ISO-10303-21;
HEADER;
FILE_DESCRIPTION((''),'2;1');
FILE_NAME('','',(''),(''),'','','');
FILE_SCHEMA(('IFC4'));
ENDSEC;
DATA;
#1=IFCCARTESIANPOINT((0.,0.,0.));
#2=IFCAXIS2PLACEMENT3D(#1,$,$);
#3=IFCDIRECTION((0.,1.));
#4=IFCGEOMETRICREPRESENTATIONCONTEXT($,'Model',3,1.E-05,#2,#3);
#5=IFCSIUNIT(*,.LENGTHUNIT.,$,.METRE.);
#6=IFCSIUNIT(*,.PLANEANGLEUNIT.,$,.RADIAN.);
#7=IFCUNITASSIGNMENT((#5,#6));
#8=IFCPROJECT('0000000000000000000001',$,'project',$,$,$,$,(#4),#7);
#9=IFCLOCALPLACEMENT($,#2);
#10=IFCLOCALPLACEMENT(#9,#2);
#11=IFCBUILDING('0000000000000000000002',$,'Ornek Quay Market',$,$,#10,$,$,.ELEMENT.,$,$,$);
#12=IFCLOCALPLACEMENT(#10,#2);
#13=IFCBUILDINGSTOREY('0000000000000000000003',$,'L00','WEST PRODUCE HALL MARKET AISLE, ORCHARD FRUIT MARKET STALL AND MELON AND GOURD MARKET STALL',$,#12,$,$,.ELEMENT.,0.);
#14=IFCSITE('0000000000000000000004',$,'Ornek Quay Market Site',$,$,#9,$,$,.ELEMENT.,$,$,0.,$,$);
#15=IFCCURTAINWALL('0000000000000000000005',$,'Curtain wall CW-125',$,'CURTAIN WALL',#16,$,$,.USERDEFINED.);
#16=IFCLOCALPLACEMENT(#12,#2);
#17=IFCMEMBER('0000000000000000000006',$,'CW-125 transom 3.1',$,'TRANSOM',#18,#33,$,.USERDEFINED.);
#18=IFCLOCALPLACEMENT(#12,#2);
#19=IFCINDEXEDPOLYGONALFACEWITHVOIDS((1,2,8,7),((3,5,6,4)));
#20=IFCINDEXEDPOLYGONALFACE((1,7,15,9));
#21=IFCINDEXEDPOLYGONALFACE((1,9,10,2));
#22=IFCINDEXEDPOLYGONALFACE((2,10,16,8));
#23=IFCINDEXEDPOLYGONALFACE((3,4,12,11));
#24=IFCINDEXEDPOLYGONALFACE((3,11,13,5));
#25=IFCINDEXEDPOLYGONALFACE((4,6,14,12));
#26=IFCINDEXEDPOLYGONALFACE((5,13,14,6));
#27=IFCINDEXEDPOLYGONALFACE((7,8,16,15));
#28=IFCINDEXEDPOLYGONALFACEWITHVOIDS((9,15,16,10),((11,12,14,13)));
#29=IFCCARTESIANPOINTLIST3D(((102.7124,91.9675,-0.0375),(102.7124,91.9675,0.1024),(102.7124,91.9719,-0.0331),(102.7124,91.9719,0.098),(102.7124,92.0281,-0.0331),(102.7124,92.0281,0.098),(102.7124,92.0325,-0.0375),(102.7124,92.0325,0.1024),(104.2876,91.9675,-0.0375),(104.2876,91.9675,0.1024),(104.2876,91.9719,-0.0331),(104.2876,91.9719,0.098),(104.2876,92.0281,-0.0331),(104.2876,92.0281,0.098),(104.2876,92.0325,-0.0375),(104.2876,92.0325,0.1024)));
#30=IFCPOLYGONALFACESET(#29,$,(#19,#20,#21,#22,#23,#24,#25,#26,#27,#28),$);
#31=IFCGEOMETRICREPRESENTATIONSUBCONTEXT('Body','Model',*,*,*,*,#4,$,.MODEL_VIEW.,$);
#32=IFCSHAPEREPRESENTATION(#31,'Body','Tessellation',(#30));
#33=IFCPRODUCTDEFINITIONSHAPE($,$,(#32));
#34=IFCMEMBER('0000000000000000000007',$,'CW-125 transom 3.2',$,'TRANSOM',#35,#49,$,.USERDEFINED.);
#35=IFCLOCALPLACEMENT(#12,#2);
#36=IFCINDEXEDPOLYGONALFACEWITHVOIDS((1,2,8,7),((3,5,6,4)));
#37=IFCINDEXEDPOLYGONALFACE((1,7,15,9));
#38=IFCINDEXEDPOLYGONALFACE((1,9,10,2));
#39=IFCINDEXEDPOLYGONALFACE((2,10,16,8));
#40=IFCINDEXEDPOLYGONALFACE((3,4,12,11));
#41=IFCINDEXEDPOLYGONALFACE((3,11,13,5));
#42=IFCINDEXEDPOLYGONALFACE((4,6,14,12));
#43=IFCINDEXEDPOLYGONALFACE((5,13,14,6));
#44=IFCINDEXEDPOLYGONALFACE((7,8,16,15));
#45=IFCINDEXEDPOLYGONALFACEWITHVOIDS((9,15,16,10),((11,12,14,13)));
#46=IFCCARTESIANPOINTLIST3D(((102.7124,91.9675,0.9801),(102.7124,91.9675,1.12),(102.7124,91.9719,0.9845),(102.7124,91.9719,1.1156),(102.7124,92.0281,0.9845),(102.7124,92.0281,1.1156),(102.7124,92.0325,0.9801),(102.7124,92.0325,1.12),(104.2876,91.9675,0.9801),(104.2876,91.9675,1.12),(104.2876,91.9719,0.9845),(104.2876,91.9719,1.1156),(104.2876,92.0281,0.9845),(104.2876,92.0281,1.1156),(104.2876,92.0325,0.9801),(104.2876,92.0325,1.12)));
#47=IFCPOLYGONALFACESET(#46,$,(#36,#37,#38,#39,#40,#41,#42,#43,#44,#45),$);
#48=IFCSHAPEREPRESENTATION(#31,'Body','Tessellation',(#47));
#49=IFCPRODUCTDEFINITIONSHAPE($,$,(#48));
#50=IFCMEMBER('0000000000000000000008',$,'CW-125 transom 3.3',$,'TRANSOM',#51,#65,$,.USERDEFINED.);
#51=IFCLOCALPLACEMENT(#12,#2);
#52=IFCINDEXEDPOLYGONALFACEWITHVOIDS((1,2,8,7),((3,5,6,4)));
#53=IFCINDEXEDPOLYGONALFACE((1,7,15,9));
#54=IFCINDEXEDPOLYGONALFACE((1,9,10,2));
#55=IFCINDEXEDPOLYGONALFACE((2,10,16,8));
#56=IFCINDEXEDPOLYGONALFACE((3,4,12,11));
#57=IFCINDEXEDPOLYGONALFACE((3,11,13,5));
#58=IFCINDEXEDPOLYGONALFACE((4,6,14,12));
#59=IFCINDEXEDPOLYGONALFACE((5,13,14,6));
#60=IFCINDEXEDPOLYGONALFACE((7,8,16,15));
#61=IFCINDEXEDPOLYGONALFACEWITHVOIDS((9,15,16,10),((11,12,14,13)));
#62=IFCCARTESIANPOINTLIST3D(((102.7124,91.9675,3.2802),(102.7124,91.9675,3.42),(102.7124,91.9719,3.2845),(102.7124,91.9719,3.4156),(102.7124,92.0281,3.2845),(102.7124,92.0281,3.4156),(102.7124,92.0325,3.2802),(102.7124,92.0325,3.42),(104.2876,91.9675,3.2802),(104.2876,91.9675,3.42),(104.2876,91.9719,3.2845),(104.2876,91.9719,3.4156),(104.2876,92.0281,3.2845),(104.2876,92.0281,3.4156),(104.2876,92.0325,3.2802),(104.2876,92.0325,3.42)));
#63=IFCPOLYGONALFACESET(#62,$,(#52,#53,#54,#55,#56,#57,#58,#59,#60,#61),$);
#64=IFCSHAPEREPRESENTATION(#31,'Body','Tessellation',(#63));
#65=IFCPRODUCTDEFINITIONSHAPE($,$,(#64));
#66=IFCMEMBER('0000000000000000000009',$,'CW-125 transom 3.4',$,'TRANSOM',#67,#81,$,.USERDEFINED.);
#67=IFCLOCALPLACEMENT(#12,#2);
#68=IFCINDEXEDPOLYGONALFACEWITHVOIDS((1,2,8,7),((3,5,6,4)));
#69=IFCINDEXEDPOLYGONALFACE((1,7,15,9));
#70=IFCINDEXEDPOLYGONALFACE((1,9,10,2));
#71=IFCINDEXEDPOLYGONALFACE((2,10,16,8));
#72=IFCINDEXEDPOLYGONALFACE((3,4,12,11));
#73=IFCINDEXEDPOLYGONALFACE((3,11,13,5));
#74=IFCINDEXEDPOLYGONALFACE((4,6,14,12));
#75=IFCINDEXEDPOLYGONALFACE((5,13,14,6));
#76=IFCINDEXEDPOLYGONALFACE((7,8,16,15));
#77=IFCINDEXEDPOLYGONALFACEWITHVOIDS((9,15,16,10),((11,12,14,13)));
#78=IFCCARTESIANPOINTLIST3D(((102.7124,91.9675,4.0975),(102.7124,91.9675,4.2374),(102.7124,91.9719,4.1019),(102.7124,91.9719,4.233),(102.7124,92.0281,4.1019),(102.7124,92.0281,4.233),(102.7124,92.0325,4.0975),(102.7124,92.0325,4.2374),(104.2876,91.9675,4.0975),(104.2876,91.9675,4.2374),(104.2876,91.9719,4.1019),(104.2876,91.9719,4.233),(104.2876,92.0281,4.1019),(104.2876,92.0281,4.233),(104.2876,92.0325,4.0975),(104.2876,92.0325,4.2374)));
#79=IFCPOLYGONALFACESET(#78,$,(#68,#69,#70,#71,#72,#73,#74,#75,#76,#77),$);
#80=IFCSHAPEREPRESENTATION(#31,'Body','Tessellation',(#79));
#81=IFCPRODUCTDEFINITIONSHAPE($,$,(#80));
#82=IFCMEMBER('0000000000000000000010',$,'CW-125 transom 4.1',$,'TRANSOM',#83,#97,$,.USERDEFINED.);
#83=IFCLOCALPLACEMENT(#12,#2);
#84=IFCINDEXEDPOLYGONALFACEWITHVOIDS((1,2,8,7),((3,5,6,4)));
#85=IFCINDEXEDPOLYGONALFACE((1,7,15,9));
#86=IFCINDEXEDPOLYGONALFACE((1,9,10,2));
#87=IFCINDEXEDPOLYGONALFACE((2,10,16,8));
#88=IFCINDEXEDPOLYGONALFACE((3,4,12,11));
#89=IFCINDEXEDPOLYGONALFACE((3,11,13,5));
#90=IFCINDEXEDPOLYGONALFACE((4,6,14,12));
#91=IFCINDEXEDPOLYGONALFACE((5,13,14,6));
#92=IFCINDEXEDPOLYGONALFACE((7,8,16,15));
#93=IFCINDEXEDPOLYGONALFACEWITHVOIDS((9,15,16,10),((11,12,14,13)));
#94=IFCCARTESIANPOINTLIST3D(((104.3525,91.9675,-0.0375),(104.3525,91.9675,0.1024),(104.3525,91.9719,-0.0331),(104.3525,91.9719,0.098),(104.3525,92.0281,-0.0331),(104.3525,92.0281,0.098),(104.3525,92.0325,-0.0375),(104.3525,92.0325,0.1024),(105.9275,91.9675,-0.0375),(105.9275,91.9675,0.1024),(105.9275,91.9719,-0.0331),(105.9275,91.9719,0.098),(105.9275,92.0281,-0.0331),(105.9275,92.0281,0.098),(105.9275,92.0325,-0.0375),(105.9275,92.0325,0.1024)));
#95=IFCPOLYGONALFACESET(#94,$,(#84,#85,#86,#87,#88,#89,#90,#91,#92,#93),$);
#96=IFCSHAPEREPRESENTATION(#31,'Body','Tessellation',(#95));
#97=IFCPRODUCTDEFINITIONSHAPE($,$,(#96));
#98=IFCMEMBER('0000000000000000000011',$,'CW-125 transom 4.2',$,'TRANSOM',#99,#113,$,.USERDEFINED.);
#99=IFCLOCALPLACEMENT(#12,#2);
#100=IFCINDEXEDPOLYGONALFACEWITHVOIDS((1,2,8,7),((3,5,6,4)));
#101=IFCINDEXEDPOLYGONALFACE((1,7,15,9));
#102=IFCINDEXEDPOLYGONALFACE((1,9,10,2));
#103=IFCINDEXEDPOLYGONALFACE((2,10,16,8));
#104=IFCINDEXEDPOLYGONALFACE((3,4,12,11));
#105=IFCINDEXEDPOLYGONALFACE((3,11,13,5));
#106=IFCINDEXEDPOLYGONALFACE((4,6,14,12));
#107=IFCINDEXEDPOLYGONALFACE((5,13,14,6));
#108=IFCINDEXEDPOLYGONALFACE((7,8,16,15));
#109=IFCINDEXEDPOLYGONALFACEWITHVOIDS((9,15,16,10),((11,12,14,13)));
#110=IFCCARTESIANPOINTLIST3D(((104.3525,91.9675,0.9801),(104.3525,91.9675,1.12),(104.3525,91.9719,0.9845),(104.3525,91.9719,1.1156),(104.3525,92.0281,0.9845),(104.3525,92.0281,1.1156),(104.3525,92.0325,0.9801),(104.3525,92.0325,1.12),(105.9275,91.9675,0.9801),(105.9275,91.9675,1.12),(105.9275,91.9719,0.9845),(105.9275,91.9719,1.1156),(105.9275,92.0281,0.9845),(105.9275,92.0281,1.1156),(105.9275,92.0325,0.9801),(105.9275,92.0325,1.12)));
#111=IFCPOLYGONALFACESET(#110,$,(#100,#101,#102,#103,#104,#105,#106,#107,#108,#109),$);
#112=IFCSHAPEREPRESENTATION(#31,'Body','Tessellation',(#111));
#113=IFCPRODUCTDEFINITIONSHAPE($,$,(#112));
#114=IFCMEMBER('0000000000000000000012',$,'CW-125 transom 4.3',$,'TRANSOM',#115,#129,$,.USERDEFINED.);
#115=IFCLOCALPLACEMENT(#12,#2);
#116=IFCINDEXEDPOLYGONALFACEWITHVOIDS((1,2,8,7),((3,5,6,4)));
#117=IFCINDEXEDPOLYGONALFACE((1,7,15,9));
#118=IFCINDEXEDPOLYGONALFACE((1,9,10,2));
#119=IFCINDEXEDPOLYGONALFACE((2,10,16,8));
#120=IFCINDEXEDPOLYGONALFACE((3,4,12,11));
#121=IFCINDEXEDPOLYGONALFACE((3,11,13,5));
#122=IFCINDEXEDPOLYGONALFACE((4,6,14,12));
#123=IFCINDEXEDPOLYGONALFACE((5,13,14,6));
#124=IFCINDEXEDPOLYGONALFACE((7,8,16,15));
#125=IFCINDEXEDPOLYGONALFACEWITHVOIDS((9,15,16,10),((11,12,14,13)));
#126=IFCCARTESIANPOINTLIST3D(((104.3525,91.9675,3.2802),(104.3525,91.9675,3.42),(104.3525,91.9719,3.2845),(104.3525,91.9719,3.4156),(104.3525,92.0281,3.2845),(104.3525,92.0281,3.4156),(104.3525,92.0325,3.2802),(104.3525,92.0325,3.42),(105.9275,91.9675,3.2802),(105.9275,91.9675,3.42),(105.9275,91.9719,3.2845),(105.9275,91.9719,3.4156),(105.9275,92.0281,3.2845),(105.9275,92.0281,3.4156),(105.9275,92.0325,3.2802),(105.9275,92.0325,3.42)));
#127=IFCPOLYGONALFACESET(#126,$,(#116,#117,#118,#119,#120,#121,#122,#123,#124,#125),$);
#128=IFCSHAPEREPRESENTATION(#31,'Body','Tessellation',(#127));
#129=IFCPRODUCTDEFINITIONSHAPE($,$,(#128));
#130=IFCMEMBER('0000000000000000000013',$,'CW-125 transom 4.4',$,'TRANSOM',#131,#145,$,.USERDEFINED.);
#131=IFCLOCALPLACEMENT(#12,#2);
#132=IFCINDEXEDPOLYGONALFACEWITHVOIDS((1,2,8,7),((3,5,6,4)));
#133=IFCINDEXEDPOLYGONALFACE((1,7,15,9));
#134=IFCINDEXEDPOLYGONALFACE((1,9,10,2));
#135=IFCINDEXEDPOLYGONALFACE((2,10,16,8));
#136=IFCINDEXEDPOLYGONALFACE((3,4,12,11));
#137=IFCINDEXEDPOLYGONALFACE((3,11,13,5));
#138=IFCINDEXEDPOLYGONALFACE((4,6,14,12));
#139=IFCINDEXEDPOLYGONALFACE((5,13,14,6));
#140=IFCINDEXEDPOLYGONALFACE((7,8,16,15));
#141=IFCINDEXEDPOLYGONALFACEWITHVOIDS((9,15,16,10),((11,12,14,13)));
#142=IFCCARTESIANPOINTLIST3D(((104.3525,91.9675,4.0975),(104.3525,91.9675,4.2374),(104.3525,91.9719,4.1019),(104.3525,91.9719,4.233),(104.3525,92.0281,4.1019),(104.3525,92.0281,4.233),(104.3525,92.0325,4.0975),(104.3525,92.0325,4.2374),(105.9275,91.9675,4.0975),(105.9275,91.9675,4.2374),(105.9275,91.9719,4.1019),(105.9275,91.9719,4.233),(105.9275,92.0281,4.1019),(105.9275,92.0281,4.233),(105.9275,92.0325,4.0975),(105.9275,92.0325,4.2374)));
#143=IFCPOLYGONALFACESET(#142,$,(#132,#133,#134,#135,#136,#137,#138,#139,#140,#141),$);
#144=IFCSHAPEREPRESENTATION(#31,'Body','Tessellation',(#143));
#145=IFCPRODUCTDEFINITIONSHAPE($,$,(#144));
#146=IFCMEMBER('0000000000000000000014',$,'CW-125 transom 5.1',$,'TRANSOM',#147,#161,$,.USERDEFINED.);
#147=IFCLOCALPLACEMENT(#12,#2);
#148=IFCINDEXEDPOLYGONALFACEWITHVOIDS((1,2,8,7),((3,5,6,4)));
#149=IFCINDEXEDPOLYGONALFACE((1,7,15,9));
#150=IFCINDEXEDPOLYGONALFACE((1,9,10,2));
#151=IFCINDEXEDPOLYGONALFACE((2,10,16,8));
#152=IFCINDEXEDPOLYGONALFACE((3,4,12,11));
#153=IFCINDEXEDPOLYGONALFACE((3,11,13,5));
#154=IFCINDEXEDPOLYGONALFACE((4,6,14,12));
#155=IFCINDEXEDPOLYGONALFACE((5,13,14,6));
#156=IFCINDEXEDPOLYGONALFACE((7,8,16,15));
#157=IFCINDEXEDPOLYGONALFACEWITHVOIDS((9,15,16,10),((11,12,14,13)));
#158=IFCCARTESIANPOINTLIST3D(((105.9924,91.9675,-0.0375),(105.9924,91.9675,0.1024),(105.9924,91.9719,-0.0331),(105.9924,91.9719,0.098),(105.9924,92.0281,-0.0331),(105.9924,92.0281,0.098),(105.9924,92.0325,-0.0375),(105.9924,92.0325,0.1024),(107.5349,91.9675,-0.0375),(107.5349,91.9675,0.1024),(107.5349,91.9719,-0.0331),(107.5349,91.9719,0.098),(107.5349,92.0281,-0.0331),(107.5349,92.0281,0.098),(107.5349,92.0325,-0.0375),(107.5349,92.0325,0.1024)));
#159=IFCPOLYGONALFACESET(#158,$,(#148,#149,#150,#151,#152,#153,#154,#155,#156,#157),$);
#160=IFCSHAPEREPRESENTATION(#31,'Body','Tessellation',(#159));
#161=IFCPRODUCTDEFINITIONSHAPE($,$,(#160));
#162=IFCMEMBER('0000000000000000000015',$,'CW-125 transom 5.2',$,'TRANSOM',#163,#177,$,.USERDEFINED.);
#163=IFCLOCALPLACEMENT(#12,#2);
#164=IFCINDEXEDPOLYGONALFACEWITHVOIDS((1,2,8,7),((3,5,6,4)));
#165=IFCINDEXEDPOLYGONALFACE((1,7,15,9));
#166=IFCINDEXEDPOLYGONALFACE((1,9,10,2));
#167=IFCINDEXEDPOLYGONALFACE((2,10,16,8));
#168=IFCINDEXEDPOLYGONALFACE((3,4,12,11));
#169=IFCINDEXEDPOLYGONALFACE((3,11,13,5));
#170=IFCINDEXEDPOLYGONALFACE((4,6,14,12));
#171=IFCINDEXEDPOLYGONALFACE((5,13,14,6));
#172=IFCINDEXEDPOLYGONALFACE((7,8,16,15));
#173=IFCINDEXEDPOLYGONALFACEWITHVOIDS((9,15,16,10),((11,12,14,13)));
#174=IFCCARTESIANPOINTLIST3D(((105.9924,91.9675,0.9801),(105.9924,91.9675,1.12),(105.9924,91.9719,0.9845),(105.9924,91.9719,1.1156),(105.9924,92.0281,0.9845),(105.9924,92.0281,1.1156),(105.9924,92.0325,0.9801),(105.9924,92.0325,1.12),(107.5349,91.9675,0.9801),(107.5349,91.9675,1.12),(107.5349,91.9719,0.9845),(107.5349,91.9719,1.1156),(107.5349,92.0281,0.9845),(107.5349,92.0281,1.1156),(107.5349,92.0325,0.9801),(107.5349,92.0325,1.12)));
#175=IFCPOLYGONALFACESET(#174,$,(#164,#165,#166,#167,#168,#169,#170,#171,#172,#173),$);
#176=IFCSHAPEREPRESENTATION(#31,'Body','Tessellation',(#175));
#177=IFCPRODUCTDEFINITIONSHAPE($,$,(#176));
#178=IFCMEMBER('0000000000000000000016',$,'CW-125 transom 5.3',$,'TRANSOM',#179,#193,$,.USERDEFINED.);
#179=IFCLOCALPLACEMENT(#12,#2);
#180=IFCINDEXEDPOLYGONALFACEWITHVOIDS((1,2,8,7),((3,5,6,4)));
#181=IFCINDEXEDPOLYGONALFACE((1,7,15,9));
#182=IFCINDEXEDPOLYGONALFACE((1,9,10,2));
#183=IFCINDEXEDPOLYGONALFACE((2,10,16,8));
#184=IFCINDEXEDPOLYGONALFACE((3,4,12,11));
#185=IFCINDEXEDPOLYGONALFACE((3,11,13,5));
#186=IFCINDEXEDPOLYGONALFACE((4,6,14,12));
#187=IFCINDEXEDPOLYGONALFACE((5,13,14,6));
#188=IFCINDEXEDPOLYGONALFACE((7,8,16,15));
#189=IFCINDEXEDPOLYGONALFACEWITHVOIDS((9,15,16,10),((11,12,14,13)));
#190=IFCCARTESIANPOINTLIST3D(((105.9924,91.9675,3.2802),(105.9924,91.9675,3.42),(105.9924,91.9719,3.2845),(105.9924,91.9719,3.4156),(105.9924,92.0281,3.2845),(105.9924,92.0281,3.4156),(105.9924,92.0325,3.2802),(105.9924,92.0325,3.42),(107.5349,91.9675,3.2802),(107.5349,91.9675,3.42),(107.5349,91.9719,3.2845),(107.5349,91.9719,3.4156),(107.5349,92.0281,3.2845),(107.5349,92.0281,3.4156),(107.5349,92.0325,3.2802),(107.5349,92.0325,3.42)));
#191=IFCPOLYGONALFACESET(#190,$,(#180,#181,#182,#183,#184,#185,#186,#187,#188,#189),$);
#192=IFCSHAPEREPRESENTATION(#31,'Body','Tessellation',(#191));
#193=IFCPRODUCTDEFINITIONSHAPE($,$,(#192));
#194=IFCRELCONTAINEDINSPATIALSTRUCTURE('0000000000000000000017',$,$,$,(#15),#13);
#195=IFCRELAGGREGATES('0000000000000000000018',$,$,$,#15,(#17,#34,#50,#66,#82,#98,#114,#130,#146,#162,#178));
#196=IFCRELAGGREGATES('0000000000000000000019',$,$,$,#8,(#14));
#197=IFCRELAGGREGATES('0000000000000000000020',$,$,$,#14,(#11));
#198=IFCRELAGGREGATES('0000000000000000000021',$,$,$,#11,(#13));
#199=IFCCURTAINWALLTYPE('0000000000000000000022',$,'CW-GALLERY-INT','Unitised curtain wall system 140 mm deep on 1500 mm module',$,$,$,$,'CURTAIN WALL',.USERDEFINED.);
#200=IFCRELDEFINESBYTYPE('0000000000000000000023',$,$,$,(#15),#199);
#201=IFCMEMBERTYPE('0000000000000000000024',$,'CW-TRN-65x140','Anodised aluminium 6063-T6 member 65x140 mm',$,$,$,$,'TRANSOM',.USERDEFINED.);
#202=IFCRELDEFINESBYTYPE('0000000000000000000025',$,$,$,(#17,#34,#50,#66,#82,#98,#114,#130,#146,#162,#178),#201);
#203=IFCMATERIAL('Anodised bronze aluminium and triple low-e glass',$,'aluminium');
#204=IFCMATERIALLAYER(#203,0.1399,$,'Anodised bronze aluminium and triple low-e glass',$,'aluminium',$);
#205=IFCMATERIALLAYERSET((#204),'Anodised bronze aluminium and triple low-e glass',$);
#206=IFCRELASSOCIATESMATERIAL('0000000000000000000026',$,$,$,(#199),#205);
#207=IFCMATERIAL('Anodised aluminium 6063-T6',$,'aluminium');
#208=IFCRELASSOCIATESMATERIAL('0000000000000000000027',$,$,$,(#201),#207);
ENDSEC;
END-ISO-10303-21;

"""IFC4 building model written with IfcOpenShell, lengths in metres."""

from ifc_helpers import new_model, si_unit, direction, frame, origin, origin_2d, place, context, subcontext, project, spatial, hollow_rectangle, extrude, material, layer, layer_set, material_profile, profile_set, type_object, element, aggregate, save


model = new_model("IFC4")

# Units and contexts
model_context = context("Model", 3, precision=1e-05, world=origin(), true_north=direction((0.0, 1.0)))
body_context = subcontext(model_context, "Body", "Model", "MODEL_VIEW")
ifc_project = project(units=[si_unit("LENGTHUNIT", "METRE"), si_unit("PLANEANGLEUNIT", "RADIAN")], contexts=[model_context])

# Site, building, storey
site_placement = place(None, origin())
site = spatial("IfcSite", under=ifc_project, at=site_placement, Name="Ornek Quay Market Site", CompositionType="ELEMENT", RefElevation=0.0)
building_placement = place(site_placement, origin())
building = spatial("IfcBuilding", under=site, at=building_placement, Name="Ornek Quay Market", CompositionType="ELEMENT")
storey_placement = place(building_placement, origin())
storey = spatial("IfcBuildingStorey", under=building, at=storey_placement, Name="L00", Description="WEST PRODUCE HALL MARKET AISLE, ORCHARD FRUIT MARKET STALL AND MELON AND GOURD MARKET STALL", CompositionType="ELEMENT", Elevation=0.0)

# Curtain wall, members
ifc_material_1 = material(Name="Anodised bronze aluminium and triple low-e glass", Category="aluminium")
ifc_layer_1 = layer(ifc_material_1, 0.1399, Name="Anodised bronze aluminium and triple low-e glass", Category="aluminium")
ifc_layer_set_1 = layer_set([ifc_layer_1], Name="Anodised bronze aluminium and triple low-e glass")
curtain_wall_type = type_object("IfcCurtainWallType", Name="CW-GALLERY-INT", Description="Unitised curtain wall system 140 mm deep on 1500 mm module", ElementType="CURTAIN WALL", PredefinedType="USERDEFINED", material=ifc_layer_set_1)
curtain_wall_placement = place(storey_placement, origin())
curtain_wall = element("IfcCurtainWall", 1, at=curtain_wall_placement, inside=storey, type_object=curtain_wall_type, Name="Curtain wall CW-125", ObjectType="CURTAIN WALL", PredefinedType="USERDEFINED")
ifc_material_2 = material(Name="Anodised aluminium 6063-T6", Category="aluminium")
ifc_material_profile_1 = material_profile(ifc_material_2, hollow_rectangle(XDim=0.0649, YDim=0.1399, WallThickness=0.0044, at=origin_2d()), Name="CW-TRN-65x140", Category="aluminium")
ifc_profile_set_1 = profile_set([ifc_material_profile_1], Name="Anodised aluminium 6063-T6")
member_type_1 = type_object("IfcMemberType", Name="CW-TRN-65x140", Description="Anodised aluminium 6063-T6 member 65x140 mm", ElementType="TRANSOM", PredefinedType="USERDEFINED", material=ifc_profile_set_1)
member_1_placement = place(storey_placement, frame((102.7124, 92.0, 0.0325), z_axis=(1.0, 0.0, 0.0), x_axis=(0.0, 1.0, 0.0)))
member_1 = element("IfcMember", 2, at=member_1_placement, type_object=member_type_1, Name="CW-125 transom 3.1", ObjectType="TRANSOM", PredefinedType="USERDEFINED", context=body_context, shape_type="SweptSolid", body=[
    extrude(hollow_rectangle(XDim=0.0649, YDim=0.1399, WallThickness=0.0044, at=origin_2d()), origin(), (0.0, 0.0, 1.0), 1.5752),
])
member_2_placement = place(storey_placement, frame((102.7124, 92.0, 1.05), z_axis=(1.0, 0.0, 0.0), x_axis=(0.0, 1.0, 0.0)))
member_2 = element("IfcMember", 3, at=member_2_placement, type_object=member_type_1, Name="CW-125 transom 3.2", ObjectType="TRANSOM", PredefinedType="USERDEFINED", context=body_context, shape_type="SweptSolid", body=[
    extrude(hollow_rectangle(XDim=0.0649, YDim=0.1399, WallThickness=0.0044, at=origin_2d()), origin(), (0.0, 0.0, 1.0), 1.5752),
])
member_3_placement = place(storey_placement, frame((102.7124, 92.0, 3.3501), z_axis=(1.0, 0.0, 0.0), x_axis=(0.0, 1.0, 0.0)))
member_3 = element("IfcMember", 4, at=member_3_placement, type_object=member_type_1, Name="CW-125 transom 3.3", ObjectType="TRANSOM", PredefinedType="USERDEFINED", context=body_context, shape_type="SweptSolid", body=[
    extrude(hollow_rectangle(XDim=0.0649, YDim=0.1399, WallThickness=0.0044, at=origin_2d()), origin(), (0.0, 0.0, 1.0), 1.5752),
])
member_4_placement = place(storey_placement, frame((102.7124, 92.0, 4.1675), z_axis=(1.0, 0.0, 0.0), x_axis=(0.0, 1.0, 0.0)))
member_4 = element("IfcMember", 5, at=member_4_placement, type_object=member_type_1, Name="CW-125 transom 3.4", ObjectType="TRANSOM", PredefinedType="USERDEFINED", context=body_context, shape_type="SweptSolid", body=[
    extrude(hollow_rectangle(XDim=0.0649, YDim=0.1399, WallThickness=0.0044, at=origin_2d()), origin(), (0.0, 0.0, 1.0), 1.5752),
])
member_5_placement = place(storey_placement, frame((104.3525, 92.0, 0.0325), z_axis=(1.0, 0.0, 0.0), x_axis=(0.0, 1.0, 0.0)))
member_5 = element("IfcMember", 6, at=member_5_placement, type_object=member_type_1, Name="CW-125 transom 4.1", ObjectType="TRANSOM", PredefinedType="USERDEFINED", context=body_context, shape_type="SweptSolid", body=[
    extrude(hollow_rectangle(XDim=0.0649, YDim=0.1399, WallThickness=0.0044, at=origin_2d()), origin(), (0.0, 0.0, 1.0), 1.575),
])
member_6_placement = place(storey_placement, frame((104.3525, 92.0, 1.05), z_axis=(1.0, 0.0, 0.0), x_axis=(0.0, 1.0, 0.0)))
member_6 = element("IfcMember", 7, at=member_6_placement, type_object=member_type_1, Name="CW-125 transom 4.2", ObjectType="TRANSOM", PredefinedType="USERDEFINED", context=body_context, shape_type="SweptSolid", body=[
    extrude(hollow_rectangle(XDim=0.0649, YDim=0.1399, WallThickness=0.0044, at=origin_2d()), origin(), (0.0, 0.0, 1.0), 1.575),
])
member_7_placement = place(storey_placement, frame((104.3525, 92.0, 3.3501), z_axis=(1.0, 0.0, 0.0), x_axis=(0.0, 1.0, 0.0)))
member_7 = element("IfcMember", 8, at=member_7_placement, type_object=member_type_1, Name="CW-125 transom 4.3", ObjectType="TRANSOM", PredefinedType="USERDEFINED", context=body_context, shape_type="SweptSolid", body=[
    extrude(hollow_rectangle(XDim=0.0649, YDim=0.1399, WallThickness=0.0044, at=origin_2d()), origin(), (0.0, 0.0, 1.0), 1.575),
])
member_8_placement = place(storey_placement, frame((104.3525, 92.0, 4.1675), z_axis=(1.0, 0.0, 0.0), x_axis=(0.0, 1.0, 0.0)))
member_8 = element("IfcMember", 9, at=member_8_placement, type_object=member_type_1, Name="CW-125 transom 4.4", ObjectType="TRANSOM", PredefinedType="USERDEFINED", context=body_context, shape_type="SweptSolid", body=[
    extrude(hollow_rectangle(XDim=0.0649, YDim=0.1399, WallThickness=0.0044, at=origin_2d()), origin(), (0.0, 0.0, 1.0), 1.575),
])
member_9_placement = place(storey_placement, frame((105.9924, 92.0, 0.0325), z_axis=(1.0, 0.0, 0.0), x_axis=(0.0, 1.0, 0.0)))
member_9 = element("IfcMember", 10, at=member_9_placement, type_object=member_type_1, Name="CW-125 transom 5.1", ObjectType="TRANSOM", PredefinedType="USERDEFINED", context=body_context, shape_type="SweptSolid", body=[
    extrude(hollow_rectangle(XDim=0.0649, YDim=0.1399, WallThickness=0.0044, at=origin_2d()), origin(), (0.0, 0.0, 1.0), 1.5425),
])
member_10_placement = place(storey_placement, frame((105.9924, 92.0, 1.05), z_axis=(1.0, 0.0, 0.0), x_axis=(0.0, 1.0, 0.0)))
member_10 = element("IfcMember", 11, at=member_10_placement, type_object=member_type_1, Name="CW-125 transom 5.2", ObjectType="TRANSOM", PredefinedType="USERDEFINED", context=body_context, shape_type="SweptSolid", body=[
    extrude(hollow_rectangle(XDim=0.0649, YDim=0.1399, WallThickness=0.0044, at=origin_2d()), origin(), (0.0, 0.0, 1.0), 1.5425),
])
member_11_placement = place(storey_placement, frame((105.9924, 92.0, 3.3501), z_axis=(1.0, 0.0, 0.0), x_axis=(0.0, 1.0, 0.0)))
member_11 = element("IfcMember", 12, at=member_11_placement, type_object=member_type_1, Name="CW-125 transom 5.3", ObjectType="TRANSOM", PredefinedType="USERDEFINED", context=body_context, shape_type="SweptSolid", body=[
    extrude(hollow_rectangle(XDim=0.0649, YDim=0.1399, WallThickness=0.0044, at=origin_2d()), origin(), (0.0, 0.0, 1.0), 1.5425),
])
aggregate(curtain_wall, [member_1, member_2, member_3, member_4, member_5, member_6, member_7, member_8, member_9, member_10, member_11])

save(model, "model.ifc")
